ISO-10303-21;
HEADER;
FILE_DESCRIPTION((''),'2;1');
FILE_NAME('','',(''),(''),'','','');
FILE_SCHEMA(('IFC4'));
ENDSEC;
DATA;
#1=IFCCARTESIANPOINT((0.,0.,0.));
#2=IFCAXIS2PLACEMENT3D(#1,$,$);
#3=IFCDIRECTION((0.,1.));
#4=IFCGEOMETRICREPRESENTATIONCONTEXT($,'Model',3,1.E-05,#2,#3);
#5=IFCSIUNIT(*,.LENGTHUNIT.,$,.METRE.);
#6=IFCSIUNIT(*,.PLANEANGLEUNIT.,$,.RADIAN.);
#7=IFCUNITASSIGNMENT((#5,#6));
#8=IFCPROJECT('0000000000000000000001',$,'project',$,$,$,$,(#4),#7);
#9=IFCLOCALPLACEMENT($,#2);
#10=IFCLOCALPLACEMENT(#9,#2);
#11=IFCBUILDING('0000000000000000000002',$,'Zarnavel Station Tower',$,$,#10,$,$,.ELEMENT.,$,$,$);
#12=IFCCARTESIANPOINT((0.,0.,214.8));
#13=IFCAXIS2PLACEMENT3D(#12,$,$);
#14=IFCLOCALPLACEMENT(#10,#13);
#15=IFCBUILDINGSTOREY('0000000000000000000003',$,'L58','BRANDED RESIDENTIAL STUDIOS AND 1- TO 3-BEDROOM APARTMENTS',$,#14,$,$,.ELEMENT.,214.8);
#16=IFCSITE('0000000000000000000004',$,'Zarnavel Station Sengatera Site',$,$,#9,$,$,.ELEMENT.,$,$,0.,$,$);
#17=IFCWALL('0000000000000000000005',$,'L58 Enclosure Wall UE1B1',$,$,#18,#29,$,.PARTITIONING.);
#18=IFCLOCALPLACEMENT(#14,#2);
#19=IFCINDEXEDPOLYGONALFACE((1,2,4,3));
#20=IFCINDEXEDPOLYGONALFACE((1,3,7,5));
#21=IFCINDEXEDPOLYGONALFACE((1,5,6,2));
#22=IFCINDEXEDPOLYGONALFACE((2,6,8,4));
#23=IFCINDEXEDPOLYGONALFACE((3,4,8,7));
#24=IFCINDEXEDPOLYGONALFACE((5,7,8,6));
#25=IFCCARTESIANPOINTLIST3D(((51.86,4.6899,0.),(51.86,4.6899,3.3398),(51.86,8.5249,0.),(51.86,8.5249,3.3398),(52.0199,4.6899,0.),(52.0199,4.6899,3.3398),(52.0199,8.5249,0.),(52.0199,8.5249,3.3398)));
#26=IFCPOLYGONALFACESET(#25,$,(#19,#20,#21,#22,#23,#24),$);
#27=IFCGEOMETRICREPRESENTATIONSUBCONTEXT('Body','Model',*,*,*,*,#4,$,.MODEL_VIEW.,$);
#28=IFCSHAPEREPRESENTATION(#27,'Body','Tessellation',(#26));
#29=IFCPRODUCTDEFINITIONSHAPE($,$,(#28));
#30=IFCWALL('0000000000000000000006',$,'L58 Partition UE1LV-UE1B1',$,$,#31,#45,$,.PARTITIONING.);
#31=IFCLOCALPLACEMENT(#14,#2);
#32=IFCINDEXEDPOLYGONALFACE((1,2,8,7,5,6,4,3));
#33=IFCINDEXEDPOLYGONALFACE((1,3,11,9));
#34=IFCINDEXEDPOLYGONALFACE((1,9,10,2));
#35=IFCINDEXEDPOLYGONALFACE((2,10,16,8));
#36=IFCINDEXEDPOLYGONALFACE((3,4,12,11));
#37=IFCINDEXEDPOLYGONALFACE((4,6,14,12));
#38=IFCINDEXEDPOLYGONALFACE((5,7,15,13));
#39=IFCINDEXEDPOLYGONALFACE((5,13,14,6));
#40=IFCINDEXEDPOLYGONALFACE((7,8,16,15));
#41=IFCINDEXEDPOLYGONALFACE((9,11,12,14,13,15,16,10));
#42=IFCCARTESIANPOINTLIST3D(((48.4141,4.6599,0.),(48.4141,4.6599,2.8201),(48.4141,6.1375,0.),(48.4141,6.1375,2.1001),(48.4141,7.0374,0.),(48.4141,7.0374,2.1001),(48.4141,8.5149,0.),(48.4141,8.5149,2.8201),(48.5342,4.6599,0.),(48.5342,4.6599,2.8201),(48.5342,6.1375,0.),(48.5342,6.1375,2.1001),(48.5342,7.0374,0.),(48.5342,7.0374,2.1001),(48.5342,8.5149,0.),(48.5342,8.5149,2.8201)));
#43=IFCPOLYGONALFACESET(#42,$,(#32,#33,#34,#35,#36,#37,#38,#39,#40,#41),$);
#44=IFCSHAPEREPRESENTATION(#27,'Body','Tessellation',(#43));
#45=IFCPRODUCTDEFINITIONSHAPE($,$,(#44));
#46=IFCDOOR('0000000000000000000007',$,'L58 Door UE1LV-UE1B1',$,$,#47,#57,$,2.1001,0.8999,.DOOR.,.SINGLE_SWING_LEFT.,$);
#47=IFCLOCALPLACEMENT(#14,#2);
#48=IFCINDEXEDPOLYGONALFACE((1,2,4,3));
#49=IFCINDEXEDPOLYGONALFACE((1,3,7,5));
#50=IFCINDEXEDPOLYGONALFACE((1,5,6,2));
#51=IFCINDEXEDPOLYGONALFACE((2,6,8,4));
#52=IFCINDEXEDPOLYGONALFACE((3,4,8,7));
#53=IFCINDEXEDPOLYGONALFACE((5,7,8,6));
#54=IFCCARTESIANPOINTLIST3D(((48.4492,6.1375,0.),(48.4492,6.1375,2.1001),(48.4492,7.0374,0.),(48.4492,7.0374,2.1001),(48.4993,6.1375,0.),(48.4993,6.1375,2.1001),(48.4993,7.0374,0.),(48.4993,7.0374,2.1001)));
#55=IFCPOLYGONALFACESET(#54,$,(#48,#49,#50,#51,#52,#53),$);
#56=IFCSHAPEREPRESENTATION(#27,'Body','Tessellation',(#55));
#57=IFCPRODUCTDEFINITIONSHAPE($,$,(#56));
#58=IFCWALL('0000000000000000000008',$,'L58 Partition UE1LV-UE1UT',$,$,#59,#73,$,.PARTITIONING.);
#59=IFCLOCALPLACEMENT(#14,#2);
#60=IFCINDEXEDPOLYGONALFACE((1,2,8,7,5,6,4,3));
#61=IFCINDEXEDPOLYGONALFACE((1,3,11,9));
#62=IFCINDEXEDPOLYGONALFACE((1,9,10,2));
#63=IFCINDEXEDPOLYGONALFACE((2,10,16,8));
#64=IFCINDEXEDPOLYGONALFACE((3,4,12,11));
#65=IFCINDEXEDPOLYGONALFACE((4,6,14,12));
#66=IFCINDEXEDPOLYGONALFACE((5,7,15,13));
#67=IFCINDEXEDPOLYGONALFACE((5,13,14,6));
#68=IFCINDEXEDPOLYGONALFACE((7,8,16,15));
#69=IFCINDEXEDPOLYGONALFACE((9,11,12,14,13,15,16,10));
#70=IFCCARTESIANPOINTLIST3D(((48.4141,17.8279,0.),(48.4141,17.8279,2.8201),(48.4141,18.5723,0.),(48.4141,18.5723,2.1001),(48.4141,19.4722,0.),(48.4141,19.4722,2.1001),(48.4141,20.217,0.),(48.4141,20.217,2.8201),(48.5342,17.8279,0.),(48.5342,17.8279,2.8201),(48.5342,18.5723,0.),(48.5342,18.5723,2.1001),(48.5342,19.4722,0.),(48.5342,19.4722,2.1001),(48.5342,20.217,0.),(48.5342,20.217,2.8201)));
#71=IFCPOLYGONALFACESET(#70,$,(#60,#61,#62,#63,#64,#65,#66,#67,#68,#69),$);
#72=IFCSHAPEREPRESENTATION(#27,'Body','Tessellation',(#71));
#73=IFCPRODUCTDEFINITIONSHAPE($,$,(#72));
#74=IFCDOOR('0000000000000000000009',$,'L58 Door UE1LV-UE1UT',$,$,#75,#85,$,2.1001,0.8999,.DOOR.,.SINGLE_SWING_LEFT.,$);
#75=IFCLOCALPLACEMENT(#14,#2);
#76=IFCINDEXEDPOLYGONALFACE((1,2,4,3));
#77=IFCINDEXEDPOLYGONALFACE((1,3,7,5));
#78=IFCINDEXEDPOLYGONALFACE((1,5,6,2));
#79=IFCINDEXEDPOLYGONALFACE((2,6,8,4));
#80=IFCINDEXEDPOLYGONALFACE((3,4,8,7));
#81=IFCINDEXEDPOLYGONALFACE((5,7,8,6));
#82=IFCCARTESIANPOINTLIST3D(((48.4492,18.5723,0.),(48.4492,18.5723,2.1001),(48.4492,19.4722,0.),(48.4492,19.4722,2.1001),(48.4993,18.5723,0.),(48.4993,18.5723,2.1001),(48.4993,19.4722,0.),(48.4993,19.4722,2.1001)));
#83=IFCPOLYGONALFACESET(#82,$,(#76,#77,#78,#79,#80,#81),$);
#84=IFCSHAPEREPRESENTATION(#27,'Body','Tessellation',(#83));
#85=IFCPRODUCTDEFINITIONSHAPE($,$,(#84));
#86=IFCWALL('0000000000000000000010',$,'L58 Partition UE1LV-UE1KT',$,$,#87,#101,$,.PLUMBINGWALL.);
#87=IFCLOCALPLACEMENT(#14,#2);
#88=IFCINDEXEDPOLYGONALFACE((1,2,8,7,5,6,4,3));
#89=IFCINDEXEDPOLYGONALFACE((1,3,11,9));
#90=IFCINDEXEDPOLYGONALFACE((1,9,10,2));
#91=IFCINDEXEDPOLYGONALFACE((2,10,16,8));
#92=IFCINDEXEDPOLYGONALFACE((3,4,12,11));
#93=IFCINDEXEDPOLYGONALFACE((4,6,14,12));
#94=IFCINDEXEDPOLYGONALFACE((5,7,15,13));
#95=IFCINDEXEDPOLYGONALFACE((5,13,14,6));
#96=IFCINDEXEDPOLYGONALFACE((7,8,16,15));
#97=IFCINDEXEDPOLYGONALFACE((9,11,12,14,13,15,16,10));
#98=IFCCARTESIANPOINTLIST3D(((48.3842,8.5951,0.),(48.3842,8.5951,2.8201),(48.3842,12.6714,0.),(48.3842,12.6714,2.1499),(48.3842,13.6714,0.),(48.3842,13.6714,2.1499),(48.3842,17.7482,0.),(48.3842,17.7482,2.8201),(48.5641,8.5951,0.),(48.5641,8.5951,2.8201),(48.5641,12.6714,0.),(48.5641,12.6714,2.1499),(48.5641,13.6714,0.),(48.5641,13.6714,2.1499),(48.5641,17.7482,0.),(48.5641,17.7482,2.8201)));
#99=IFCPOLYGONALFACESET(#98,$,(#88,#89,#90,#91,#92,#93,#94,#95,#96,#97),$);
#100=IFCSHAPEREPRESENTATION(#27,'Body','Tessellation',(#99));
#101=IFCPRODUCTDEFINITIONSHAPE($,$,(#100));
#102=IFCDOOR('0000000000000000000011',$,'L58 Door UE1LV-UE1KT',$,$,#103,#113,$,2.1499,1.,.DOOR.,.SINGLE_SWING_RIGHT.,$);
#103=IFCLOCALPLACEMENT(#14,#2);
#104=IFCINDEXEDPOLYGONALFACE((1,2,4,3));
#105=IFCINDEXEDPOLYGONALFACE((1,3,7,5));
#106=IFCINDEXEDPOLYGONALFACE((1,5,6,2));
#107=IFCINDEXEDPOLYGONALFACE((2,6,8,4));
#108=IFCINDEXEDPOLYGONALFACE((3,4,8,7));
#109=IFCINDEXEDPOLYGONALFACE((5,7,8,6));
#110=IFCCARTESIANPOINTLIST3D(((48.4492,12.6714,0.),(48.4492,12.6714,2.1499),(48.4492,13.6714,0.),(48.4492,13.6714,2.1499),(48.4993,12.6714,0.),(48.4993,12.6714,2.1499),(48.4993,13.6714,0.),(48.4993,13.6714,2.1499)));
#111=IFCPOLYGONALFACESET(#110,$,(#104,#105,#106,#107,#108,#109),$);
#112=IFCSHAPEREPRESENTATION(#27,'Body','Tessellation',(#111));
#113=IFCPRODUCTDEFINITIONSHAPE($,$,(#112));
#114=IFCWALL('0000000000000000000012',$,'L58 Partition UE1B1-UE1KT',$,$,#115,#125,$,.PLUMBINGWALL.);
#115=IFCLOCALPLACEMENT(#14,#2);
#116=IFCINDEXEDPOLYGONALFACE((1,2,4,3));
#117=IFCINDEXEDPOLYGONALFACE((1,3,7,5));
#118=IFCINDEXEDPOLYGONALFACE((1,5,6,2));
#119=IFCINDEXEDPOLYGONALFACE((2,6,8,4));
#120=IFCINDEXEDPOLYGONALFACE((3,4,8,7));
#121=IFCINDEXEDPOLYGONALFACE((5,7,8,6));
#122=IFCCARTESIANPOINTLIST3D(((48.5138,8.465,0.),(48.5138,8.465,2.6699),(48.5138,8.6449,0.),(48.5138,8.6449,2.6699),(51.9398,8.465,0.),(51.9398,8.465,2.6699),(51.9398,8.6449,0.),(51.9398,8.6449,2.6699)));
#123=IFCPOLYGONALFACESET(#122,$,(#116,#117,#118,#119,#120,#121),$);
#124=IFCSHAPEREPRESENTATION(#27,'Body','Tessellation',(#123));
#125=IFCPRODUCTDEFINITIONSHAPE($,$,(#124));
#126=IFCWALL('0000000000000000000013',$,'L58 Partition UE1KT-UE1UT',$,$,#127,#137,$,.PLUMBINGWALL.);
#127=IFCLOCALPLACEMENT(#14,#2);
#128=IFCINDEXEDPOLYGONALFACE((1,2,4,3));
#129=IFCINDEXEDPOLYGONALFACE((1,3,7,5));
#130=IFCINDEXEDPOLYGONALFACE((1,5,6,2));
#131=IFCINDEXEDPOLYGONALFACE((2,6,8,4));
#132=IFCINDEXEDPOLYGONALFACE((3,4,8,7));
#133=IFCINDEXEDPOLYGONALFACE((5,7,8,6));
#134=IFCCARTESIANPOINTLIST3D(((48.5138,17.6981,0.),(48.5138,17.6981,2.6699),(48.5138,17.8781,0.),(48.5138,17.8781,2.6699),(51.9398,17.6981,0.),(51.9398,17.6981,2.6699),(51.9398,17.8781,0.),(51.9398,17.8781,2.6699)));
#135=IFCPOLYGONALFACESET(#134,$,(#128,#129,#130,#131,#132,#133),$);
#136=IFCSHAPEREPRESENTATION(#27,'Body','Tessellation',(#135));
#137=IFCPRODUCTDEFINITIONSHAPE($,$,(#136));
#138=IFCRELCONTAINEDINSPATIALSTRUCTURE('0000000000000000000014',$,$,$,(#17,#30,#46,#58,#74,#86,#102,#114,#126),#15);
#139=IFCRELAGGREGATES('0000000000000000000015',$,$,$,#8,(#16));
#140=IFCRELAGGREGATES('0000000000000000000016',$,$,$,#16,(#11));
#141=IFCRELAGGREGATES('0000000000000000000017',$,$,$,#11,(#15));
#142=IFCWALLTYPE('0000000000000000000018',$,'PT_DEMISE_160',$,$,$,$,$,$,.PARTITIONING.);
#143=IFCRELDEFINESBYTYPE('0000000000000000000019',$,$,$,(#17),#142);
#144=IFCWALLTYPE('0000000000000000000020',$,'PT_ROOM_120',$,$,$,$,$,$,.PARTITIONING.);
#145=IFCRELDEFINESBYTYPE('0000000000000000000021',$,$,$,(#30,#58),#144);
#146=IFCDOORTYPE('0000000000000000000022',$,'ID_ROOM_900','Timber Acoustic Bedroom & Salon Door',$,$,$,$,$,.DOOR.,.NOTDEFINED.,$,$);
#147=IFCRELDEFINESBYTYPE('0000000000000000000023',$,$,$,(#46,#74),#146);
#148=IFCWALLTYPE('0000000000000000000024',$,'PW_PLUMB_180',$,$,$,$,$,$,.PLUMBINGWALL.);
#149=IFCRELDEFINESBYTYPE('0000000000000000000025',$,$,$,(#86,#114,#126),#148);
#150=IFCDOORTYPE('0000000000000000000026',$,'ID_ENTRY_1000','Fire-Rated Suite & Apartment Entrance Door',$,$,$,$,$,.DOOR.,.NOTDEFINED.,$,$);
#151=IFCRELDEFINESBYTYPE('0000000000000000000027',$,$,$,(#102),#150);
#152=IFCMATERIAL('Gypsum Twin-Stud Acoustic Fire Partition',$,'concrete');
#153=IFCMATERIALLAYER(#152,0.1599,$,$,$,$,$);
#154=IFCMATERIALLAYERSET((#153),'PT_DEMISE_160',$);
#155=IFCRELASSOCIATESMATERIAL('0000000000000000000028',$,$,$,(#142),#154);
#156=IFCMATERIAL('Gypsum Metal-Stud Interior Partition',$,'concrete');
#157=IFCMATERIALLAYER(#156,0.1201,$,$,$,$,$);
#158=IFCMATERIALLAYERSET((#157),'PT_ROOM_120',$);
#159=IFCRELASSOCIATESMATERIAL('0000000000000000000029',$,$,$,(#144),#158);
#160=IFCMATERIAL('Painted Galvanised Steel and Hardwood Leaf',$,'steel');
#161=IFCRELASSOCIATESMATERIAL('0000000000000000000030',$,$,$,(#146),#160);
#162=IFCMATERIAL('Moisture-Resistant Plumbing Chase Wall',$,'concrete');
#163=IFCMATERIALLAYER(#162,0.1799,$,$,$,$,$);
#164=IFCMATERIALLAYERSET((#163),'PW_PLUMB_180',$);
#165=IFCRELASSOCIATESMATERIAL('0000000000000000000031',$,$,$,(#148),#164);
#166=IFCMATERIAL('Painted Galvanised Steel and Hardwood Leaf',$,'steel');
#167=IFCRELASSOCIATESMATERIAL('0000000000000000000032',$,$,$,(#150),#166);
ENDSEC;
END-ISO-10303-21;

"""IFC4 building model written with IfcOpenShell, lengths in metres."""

from ifc_helpers import new_model, si_unit, direction, frame, frame_2d, origin, place, context, subcontext, project, spatial, rectangle, extrude, material, layer, layer_set, type_object, element, fill, save


model = new_model("IFC4")

# Units and contexts
model_context = context("Model", 3, precision=1e-05, world=origin(), true_north=direction((0.0, 1.0)))
body_context = subcontext(model_context, "Body", "Model", "MODEL_VIEW")
ifc_project = project(units=[si_unit("LENGTHUNIT", "METRE"), si_unit("PLANEANGLEUNIT", "RADIAN")], contexts=[model_context])

# Site, building, storey
site_placement = place(None, origin())
site = spatial("IfcSite", under=ifc_project, at=site_placement, Name="Zarnavel Station Sengatera Site", CompositionType="ELEMENT", RefElevation=0.0)
building_placement = place(site_placement, origin())
building = spatial("IfcBuilding", under=site, at=building_placement, Name="Zarnavel Station Tower", CompositionType="ELEMENT")
storey_placement = place(building_placement, frame((0.0, 0.0, 214.8)))
storey = spatial("IfcBuildingStorey", under=building, at=storey_placement, Name="L58", Description="BRANDED RESIDENTIAL STUDIOS AND 1- TO 3-BEDROOM APARTMENTS", CompositionType="ELEMENT", Elevation=214.8)

# Wall
ifc_material_1 = material(Name="Gypsum Twin-Stud Acoustic Fire Partition", Category="concrete")
ifc_layer_1 = layer(ifc_material_1, 0.1599)
ifc_layer_set_1 = layer_set([ifc_layer_1], Name="PT_DEMISE_160")
wall_type_1 = type_object("IfcWallType", Name="PT_DEMISE_160", PredefinedType="PARTITIONING", material=ifc_layer_set_1)
wall_1_placement = place(storey_placement, frame((51.9399, 4.6899, 0.0), z_axis=(0.0, 0.0, 1.0), x_axis=(0.0, 1.0, 0.0)))
element("IfcWall", 1, at=wall_1_placement, inside=storey, type_object=wall_type_1, Name="L58 Enclosure Wall UE1B1", PredefinedType="PARTITIONING", context=body_context, shape_type="SweptSolid", body=[
    extrude(rectangle(XDim=3.835, YDim=0.1599, at=frame_2d((1.9175, 0.0))), origin(), (0.0, 0.0, 1.0), 3.3398),
])

# Walls, openings, doors
ifc_material_2 = material(Name="Gypsum Metal-Stud Interior Partition", Category="concrete")
ifc_layer_2 = layer(ifc_material_2, 0.1201)
ifc_layer_set_2 = layer_set([ifc_layer_2], Name="PT_ROOM_120")
wall_type_2 = type_object("IfcWallType", Name="PT_ROOM_120", PredefinedType="PARTITIONING", material=ifc_layer_set_2)
wall_2_placement = place(storey_placement, frame((48.4741, 4.6599, 0.0), z_axis=(0.0, 0.0, 1.0), x_axis=(0.0, 1.0, 0.0)))
wall_2 = element("IfcWall", 2, at=wall_2_placement, inside=storey, type_object=wall_type_2, Name="L58 Partition UE1LV-UE1B1", PredefinedType="PARTITIONING", context=body_context, shape_type="SweptSolid", body=[
    extrude(rectangle(XDim=3.855, YDim=0.1201, at=frame_2d((1.9275, 0.0))), origin(), (0.0, 0.0, 1.0), 2.8201),
])
opening_1_placement = place(wall_2_placement, frame((1.4775, 0.0, 0.0)))
opening_1 = element("IfcOpeningElement", 3, at=opening_1_placement, cuts=wall_2, PredefinedType="OPENING", context=body_context, shape_type="SweptSolid", body=[
    extrude(rectangle(XDim=0.8999, YDim=2.1001, at=frame_2d((0.45, 1.05))), frame((0.0, 0.0701, 0.0), z_axis=(0.0, -1.0, 0.0), x_axis=(1.0, 0.0, 0.0)), (0.0, 0.0, 1.0), 0.1401),
])
ifc_material_3 = material(Name="Painted Galvanised Steel and Hardwood Leaf", Category="steel")
door_type_1 = type_object("IfcDoorType", Name="ID_ROOM_900", Description="Timber Acoustic Bedroom & Salon Door", OperationType="NOTDEFINED", PredefinedType="DOOR", material=ifc_material_3)
door_1_placement = place(opening_1_placement, origin())
door_1 = element("IfcDoor", 4, at=door_1_placement, inside=storey, type_object=door_type_1, Name="L58 Door UE1LV-UE1B1", OperationType="SINGLE_SWING_LEFT", OverallHeight=2.1001, OverallWidth=0.8999, PredefinedType="DOOR", context=body_context, shape_type="SweptSolid", body=[
    extrude(rectangle(XDim=0.8999, YDim=2.1001, at=frame_2d((0.45, 1.05))), frame((0.0, 0.0249, 0.0), z_axis=(0.0, -1.0, 0.0), x_axis=(1.0, 0.0, 0.0)), (0.0, 0.0, 1.0), 0.05),
])
fill(opening_1, door_1)
wall_3_placement = place(storey_placement, frame((48.4741, 17.8279, 0.0), z_axis=(0.0, 0.0, 1.0), x_axis=(0.0, 1.0, 0.0)))
wall_3 = element("IfcWall", 5, at=wall_3_placement, inside=storey, type_object=wall_type_2, Name="L58 Partition UE1LV-UE1UT", PredefinedType="PARTITIONING", context=body_context, shape_type="SweptSolid", body=[
    extrude(rectangle(XDim=2.3892, YDim=0.1201, at=frame_2d((1.1946, 0.0))), origin(), (0.0, 0.0, 1.0), 2.8201),
])
opening_2_placement = place(wall_3_placement, frame((0.7444, 0.0, 0.0)))
opening_2 = element("IfcOpeningElement", 6, at=opening_2_placement, cuts=wall_3, PredefinedType="OPENING", context=body_context, shape_type="SweptSolid", body=[
    extrude(rectangle(XDim=0.8999, YDim=2.1001, at=frame_2d((0.45, 1.05))), frame((0.0, 0.0701, 0.0), z_axis=(0.0, -1.0, 0.0), x_axis=(1.0, 0.0, 0.0)), (0.0, 0.0, 1.0), 0.1401),
])
door_2_placement = place(opening_2_placement, origin())
door_2 = element("IfcDoor", 7, at=door_2_placement, inside=storey, type_object=door_type_1, Name="L58 Door UE1LV-UE1UT", OperationType="SINGLE_SWING_LEFT", OverallHeight=2.1001, OverallWidth=0.8999, PredefinedType="DOOR", context=body_context, shape_type="SweptSolid", body=[
    extrude(rectangle(XDim=0.8999, YDim=2.1001, at=frame_2d((0.45, 1.05))), frame((0.0, 0.0249, 0.0), z_axis=(0.0, -1.0, 0.0), x_axis=(1.0, 0.0, 0.0)), (0.0, 0.0, 1.0), 0.05),
])
fill(opening_2, door_2)
ifc_material_4 = material(Name="Moisture-Resistant Plumbing Chase Wall", Category="concrete")
ifc_layer_3 = layer(ifc_material_4, 0.1799)
ifc_layer_set_3 = layer_set([ifc_layer_3], Name="PW_PLUMB_180")
wall_type_3 = type_object("IfcWallType", Name="PW_PLUMB_180", PredefinedType="PLUMBINGWALL", material=ifc_layer_set_3)
wall_4_placement = place(storey_placement, frame((48.4741, 8.595, 0.0), z_axis=(0.0, 0.0, 1.0), x_axis=(0.0, 1.0, 0.0)))
wall_4 = element("IfcWall", 8, at=wall_4_placement, inside=storey, type_object=wall_type_3, Name="L58 Partition UE1LV-UE1KT", PredefinedType="PLUMBINGWALL", context=body_context, shape_type="SweptSolid", body=[
    extrude(rectangle(XDim=9.1531, YDim=0.1799, at=frame_2d((4.5767, 0.0))), origin(), (0.0, 0.0, 1.0), 2.8201),
])
opening_3_placement = place(wall_4_placement, frame((4.0764, 0.0, 0.0)))
opening_3 = element("IfcOpeningElement", 9, at=opening_3_placement, cuts=wall_4, PredefinedType="OPENING", context=body_context, shape_type="SweptSolid", body=[
    extrude(rectangle(XDim=1.0, YDim=2.1499, at=frame_2d((0.5, 1.075))), frame((0.0, 0.0999, 0.0), z_axis=(0.0, -1.0, 0.0), x_axis=(1.0, 0.0, 0.0)), (0.0, 0.0, 1.0), 0.2),
])
ifc_material_5 = material(Name="Painted Galvanised Steel and Hardwood Leaf", Category="steel")
door_type_2 = type_object("IfcDoorType", Name="ID_ENTRY_1000", Description="Fire-Rated Suite & Apartment Entrance Door", OperationType="NOTDEFINED", PredefinedType="DOOR", material=ifc_material_5)
door_3_placement = place(opening_3_placement, origin())
door_3 = element("IfcDoor", 10, at=door_3_placement, inside=storey, type_object=door_type_2, Name="L58 Door UE1LV-UE1KT", OperationType="SINGLE_SWING_RIGHT", OverallHeight=2.1499, OverallWidth=1.0, PredefinedType="DOOR", context=body_context, shape_type="SweptSolid", body=[
    extrude(rectangle(XDim=1.0, YDim=2.1499, at=frame_2d((0.5, 1.075))), frame((0.0, 0.0249, 0.0), z_axis=(0.0, -1.0, 0.0), x_axis=(1.0, 0.0, 0.0)), (0.0, 0.0, 1.0), 0.05),
])
fill(opening_3, door_3)

# Walls
for number, where, z_axis, x_axis, name in (
    (11, (48.5139, 8.5549, 0.0), (0.0, 0.0, 1.0), (1.0, 0.0, 0.0), "L58 Partition UE1B1-UE1KT"),
    (12, (48.5139, 17.7881, 0.0), (0.0, 0.0, 1.0), (1.0, 0.0, 0.0), "L58 Partition UE1KT-UE1UT"),
):
    element("IfcWall", number, at=place(storey_placement, frame(where, z_axis=z_axis, x_axis=x_axis)), inside=storey, type_object=wall_type_3, Name=name, PredefinedType="PLUMBINGWALL", context=body_context, shape_type="SweptSolid", body=[
        extrude(rectangle(XDim=3.426, YDim=0.1799, at=frame_2d((1.7129, 0.0))), origin(), (0.0, 0.0, 1.0), 2.6699),
    ])

save(model, "model.ifc")
